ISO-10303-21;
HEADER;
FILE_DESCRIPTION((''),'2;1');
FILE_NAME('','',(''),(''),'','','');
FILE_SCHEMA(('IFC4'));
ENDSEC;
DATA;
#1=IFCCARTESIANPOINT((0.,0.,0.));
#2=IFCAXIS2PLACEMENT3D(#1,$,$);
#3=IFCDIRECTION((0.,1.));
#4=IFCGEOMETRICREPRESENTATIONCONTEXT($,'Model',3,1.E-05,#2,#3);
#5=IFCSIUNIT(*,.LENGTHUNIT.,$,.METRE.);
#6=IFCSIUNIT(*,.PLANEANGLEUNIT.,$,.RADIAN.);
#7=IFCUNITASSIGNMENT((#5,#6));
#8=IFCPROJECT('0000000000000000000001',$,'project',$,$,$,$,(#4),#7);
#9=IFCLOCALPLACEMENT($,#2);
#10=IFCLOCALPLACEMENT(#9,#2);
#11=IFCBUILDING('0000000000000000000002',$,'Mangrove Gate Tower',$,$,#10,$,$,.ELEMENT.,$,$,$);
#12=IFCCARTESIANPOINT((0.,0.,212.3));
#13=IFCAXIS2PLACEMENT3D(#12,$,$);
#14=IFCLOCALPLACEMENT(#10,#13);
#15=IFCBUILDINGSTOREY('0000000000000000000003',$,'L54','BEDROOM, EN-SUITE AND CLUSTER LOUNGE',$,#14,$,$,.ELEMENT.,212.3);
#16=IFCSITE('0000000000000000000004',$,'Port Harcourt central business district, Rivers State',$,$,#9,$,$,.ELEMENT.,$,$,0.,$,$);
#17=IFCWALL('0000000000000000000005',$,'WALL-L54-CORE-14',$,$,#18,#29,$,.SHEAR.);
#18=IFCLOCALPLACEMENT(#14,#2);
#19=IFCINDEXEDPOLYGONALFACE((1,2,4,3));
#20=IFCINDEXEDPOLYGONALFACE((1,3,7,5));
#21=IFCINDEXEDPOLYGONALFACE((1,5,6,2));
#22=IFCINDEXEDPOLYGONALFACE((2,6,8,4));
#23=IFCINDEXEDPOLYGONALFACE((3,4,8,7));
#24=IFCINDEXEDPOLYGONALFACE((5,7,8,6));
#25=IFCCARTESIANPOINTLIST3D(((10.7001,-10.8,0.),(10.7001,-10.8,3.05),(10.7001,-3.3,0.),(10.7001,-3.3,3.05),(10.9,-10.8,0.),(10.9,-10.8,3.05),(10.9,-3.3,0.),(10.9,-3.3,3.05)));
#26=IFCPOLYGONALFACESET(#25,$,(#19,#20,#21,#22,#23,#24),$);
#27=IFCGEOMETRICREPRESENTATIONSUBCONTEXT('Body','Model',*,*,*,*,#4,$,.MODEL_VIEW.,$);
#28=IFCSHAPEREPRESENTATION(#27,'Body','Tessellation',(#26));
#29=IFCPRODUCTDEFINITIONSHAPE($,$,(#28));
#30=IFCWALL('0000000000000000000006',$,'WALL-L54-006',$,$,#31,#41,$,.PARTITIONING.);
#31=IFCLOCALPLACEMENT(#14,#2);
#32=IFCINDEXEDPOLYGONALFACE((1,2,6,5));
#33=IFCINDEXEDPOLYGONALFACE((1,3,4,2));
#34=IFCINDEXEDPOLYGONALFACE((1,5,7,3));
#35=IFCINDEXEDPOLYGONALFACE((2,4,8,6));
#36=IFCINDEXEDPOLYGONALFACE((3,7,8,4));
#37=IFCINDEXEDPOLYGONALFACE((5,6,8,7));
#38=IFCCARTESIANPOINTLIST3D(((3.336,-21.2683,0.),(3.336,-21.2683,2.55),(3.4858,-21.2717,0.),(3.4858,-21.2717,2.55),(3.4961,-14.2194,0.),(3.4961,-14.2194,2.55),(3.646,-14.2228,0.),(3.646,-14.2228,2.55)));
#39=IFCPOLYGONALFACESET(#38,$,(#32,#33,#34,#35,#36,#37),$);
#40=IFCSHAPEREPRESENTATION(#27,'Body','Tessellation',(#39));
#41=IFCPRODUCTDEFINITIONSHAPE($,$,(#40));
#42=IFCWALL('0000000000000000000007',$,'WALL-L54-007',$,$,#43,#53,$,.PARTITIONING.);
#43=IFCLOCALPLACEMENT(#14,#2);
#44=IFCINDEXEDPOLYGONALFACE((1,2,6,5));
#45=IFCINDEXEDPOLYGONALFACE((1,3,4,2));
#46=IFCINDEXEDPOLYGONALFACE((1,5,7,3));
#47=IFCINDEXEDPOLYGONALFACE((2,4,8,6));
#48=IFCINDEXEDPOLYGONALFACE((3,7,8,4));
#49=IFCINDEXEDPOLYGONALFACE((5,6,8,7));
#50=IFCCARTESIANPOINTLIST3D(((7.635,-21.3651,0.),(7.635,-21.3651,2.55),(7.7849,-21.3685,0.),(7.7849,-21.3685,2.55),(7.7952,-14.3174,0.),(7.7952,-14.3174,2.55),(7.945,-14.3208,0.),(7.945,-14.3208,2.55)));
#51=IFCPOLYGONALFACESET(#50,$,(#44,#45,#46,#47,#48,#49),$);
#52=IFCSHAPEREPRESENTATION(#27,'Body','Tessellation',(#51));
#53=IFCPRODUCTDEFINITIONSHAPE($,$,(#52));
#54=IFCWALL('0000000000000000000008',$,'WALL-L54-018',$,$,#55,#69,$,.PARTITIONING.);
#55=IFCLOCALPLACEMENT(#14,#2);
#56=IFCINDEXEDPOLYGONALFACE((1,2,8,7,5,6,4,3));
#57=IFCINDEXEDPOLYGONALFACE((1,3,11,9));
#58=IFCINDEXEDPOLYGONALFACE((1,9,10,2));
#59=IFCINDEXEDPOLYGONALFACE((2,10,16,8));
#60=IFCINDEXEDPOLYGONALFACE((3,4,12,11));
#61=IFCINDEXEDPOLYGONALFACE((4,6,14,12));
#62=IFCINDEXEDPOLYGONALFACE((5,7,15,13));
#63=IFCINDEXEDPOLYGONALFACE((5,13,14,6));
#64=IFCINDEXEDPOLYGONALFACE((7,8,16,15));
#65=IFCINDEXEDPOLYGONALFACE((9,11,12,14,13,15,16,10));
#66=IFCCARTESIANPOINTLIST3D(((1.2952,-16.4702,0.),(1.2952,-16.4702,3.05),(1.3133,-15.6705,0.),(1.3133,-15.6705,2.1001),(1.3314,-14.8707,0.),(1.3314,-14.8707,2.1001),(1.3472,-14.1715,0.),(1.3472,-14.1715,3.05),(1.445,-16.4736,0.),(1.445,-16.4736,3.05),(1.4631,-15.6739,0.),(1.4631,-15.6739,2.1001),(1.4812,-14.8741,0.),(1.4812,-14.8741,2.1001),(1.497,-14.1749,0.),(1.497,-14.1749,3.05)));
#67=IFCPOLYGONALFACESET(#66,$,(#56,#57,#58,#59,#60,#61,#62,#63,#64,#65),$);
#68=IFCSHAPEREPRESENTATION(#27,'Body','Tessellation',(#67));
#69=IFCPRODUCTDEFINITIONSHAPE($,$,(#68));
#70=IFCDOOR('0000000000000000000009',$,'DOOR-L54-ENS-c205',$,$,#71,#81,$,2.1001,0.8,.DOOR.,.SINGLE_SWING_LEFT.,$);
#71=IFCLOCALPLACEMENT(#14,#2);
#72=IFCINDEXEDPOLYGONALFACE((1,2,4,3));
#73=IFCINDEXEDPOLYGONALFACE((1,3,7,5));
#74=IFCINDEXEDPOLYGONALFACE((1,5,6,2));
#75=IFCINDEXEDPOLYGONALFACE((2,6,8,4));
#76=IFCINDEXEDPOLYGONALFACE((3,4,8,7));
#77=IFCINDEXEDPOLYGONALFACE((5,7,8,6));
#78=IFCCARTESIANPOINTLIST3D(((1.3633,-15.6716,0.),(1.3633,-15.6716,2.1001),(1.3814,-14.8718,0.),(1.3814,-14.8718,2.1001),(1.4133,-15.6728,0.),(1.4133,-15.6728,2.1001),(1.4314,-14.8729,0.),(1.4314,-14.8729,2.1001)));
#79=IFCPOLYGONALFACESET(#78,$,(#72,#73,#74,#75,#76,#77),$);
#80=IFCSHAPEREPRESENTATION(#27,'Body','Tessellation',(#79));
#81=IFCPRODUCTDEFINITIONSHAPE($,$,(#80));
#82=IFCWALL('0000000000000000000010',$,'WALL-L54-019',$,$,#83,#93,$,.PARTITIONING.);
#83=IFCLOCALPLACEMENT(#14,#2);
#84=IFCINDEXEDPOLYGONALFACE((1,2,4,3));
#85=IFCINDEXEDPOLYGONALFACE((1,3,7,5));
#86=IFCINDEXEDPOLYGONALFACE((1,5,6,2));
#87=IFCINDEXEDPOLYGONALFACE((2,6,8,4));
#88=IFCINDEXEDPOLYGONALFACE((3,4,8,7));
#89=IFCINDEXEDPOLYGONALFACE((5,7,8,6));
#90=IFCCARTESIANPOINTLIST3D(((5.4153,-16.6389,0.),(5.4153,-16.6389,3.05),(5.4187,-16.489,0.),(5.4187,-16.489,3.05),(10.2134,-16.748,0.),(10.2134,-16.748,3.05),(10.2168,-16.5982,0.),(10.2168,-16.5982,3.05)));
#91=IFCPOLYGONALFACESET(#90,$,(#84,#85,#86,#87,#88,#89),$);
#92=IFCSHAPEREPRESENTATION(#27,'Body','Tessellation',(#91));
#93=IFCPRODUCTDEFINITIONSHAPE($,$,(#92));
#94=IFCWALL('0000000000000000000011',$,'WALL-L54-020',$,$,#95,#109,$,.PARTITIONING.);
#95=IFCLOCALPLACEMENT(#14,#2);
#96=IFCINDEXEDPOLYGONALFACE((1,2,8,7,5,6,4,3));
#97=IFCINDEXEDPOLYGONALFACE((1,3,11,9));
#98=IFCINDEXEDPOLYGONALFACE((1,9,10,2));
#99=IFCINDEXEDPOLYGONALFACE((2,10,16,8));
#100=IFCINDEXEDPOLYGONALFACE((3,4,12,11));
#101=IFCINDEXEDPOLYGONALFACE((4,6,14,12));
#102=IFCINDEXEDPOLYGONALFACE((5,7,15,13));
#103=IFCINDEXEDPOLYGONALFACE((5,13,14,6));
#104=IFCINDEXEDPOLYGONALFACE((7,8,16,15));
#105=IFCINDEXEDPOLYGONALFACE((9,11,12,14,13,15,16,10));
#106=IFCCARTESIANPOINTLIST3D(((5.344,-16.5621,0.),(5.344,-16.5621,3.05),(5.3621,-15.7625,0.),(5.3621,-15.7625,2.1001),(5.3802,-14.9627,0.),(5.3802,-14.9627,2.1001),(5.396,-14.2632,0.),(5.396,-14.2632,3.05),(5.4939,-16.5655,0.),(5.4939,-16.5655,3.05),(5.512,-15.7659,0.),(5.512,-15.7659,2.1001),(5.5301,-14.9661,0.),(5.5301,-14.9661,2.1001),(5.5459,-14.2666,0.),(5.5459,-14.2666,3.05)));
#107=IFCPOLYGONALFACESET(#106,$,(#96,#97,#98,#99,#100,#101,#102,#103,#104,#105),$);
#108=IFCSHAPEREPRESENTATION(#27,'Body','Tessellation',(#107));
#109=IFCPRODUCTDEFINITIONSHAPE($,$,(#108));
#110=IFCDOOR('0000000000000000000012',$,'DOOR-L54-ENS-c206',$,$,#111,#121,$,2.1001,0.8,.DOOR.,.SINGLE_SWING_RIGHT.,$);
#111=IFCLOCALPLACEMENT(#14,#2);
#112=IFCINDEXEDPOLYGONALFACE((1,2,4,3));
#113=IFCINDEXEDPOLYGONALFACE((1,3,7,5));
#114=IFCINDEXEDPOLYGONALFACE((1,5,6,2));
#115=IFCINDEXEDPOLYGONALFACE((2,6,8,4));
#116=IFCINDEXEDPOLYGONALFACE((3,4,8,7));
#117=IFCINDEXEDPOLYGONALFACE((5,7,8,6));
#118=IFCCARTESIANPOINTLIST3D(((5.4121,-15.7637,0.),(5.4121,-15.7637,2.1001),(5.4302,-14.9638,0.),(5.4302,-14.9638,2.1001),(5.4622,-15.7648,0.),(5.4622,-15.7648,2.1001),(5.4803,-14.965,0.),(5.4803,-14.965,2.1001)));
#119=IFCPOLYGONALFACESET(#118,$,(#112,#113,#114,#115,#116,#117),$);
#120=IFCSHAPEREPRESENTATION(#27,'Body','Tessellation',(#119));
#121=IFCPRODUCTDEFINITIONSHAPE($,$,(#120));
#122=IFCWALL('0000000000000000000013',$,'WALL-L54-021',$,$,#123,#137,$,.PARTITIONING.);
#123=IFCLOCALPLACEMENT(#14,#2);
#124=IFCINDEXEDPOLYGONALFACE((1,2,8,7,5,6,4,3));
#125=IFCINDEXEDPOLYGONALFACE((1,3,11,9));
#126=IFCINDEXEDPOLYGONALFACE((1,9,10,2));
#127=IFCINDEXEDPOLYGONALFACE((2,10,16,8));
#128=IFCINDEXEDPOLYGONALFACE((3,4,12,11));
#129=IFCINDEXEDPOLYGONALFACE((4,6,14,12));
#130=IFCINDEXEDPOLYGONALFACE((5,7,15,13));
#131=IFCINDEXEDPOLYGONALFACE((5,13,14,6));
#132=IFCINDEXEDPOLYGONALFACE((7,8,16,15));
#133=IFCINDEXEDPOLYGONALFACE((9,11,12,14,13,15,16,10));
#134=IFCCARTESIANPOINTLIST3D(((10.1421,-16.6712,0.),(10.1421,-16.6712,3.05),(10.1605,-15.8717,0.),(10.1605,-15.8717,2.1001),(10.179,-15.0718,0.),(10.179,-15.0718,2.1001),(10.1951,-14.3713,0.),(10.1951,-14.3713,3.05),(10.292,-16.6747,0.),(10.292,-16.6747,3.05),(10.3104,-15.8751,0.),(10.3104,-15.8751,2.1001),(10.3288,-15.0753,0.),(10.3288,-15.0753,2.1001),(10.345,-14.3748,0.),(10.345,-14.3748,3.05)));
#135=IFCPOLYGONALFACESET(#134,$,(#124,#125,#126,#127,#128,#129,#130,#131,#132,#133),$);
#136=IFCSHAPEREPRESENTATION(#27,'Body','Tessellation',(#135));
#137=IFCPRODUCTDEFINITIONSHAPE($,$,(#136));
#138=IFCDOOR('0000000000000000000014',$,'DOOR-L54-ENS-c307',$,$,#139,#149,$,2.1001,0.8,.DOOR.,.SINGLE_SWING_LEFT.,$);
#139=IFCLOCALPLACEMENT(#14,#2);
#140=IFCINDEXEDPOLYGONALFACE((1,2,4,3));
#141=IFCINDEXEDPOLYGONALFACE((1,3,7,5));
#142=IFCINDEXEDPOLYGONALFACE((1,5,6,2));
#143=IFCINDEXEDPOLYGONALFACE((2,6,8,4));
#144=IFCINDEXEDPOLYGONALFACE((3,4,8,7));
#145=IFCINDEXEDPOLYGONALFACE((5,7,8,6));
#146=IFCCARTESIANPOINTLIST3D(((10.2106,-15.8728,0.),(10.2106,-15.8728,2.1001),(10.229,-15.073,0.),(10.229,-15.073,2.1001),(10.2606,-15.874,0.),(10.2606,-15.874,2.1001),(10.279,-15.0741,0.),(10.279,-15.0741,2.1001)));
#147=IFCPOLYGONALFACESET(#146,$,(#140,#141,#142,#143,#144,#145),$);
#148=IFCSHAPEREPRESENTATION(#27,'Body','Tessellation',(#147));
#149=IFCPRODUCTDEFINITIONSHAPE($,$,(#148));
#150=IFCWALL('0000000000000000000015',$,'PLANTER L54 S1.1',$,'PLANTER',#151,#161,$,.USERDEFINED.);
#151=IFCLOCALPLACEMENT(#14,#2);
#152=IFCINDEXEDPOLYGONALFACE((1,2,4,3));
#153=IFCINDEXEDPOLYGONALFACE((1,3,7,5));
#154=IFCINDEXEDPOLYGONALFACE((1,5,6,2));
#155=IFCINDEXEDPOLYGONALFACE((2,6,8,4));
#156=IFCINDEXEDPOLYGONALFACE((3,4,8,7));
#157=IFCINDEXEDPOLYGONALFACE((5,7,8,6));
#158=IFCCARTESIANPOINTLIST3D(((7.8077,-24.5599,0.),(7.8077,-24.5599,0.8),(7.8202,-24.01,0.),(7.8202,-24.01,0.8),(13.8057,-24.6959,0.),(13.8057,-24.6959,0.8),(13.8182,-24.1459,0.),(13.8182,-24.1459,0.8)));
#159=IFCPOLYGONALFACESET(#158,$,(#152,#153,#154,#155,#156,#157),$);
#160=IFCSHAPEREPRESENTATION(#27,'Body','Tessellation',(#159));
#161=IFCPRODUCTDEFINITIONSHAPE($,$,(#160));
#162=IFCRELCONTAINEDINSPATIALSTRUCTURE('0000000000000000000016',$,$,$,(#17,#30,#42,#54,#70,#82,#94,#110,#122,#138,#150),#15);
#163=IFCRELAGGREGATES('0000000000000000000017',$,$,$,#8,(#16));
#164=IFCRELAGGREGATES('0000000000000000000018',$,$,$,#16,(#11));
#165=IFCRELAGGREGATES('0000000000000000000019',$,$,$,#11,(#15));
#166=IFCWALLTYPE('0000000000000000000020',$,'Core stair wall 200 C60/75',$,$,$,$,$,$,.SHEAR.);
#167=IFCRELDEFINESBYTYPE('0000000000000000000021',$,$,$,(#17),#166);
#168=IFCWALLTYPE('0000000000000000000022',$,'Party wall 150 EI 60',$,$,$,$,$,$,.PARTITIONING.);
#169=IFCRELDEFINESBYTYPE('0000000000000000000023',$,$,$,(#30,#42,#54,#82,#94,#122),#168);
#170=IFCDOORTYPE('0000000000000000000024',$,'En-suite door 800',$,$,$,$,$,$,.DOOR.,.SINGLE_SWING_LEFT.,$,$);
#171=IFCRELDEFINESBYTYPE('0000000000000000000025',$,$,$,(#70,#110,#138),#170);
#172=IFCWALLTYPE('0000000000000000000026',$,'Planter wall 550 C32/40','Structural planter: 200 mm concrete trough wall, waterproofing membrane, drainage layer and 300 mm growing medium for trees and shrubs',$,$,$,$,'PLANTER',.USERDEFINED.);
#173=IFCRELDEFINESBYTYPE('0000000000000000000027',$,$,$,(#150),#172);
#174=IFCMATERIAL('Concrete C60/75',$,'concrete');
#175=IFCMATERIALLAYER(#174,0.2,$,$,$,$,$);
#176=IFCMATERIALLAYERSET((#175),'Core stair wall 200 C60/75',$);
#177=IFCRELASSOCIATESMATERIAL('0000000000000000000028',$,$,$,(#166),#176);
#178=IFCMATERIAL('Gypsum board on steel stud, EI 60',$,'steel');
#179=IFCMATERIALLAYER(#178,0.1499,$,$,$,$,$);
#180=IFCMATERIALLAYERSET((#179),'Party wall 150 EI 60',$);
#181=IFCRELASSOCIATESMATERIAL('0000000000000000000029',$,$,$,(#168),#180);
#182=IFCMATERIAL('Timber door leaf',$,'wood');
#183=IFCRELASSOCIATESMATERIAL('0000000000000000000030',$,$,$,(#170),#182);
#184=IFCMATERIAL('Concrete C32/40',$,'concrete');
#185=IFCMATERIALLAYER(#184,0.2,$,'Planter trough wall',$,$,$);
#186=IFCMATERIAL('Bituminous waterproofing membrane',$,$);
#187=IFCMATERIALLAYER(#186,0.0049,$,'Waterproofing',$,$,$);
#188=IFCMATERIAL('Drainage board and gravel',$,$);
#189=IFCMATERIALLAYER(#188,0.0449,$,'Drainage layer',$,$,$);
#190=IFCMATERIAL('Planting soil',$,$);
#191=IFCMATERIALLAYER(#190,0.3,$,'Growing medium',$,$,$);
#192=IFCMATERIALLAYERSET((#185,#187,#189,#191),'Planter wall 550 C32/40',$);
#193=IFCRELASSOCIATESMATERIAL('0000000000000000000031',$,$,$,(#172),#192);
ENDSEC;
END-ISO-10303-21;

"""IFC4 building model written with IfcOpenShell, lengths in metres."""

from ifc_helpers import new_model, si_unit, direction, frame, frame_2d, origin, place, context, subcontext, project, spatial, rectangle, extrude, material, layer, layer_set, type_object, element, fill, save


model = new_model("IFC4")

# Units and contexts
model_context = context("Model", 3, precision=1e-05, world=origin(), true_north=direction((0.0, 1.0)))
body_context = subcontext(model_context, "Body", "Model", "MODEL_VIEW")
ifc_project = project(units=[si_unit("LENGTHUNIT", "METRE"), si_unit("PLANEANGLEUNIT", "RADIAN")], contexts=[model_context])

# Site, building, storey
site_placement = place(None, origin())
site = spatial("IfcSite", under=ifc_project, at=site_placement, Name="Port Harcourt central business district, Rivers State", CompositionType="ELEMENT", RefElevation=0.0)
building_placement = place(site_placement, origin())
building = spatial("IfcBuilding", under=site, at=building_placement, Name="Mangrove Gate Tower", CompositionType="ELEMENT")
storey_placement = place(building_placement, frame((0.0, 0.0, 212.3)))
storey = spatial("IfcBuildingStorey", under=building, at=storey_placement, Name="L54", Description="BEDROOM, EN-SUITE AND CLUSTER LOUNGE", CompositionType="ELEMENT", Elevation=212.3)

# Shared definitions
ifc_material_1 = material(Name="Concrete C60/75", Category="concrete")
ifc_layer_1 = layer(ifc_material_1, 0.2)
ifc_layer_set_1 = layer_set([ifc_layer_1], Name="Core stair wall 200 C60/75")
wall_type_1 = type_object("IfcWallType", Name="Core stair wall 200 C60/75", PredefinedType="SHEAR", material=ifc_layer_set_1)

# Walls
wall_1_placement = place(storey_placement, frame((10.8, -10.8, 0.0), z_axis=(0.0, 0.0, 1.0), x_axis=(0.0, 1.0, 0.0)))
element("IfcWall", 1, at=wall_1_placement, inside=storey, type_object=wall_type_1, Name="WALL-L54-CORE-14", PredefinedType="SHEAR", context=body_context, shape_type="SweptSolid", body=[
    extrude(rectangle(XDim=7.5, YDim=0.2, at=frame_2d((3.75, 0.0))), origin(), (0.0, 0.0, 1.0), 3.05),
])
ifc_material_2 = material(Name="Gypsum board on steel stud, EI 60", Category="steel")
ifc_layer_2 = layer(ifc_material_2, 0.1499)
ifc_layer_set_2 = layer_set([ifc_layer_2], Name="Party wall 150 EI 60")
wall_type_2 = type_object("IfcWallType", Name="Party wall 150 EI 60", PredefinedType="PARTITIONING", material=ifc_layer_set_2)
wall_2_placement = place(storey_placement, frame((3.4109, -21.27, 0.0), z_axis=(0.0, 0.0, 1.0), x_axis=(0.022714, 0.999742, 0.0)))
element("IfcWall", 2, at=wall_2_placement, inside=storey, type_object=wall_type_2, Name="WALL-L54-006", PredefinedType="PARTITIONING", context=body_context, shape_type="SweptSolid", body=[
    extrude(rectangle(XDim=7.0508, YDim=0.1499, at=frame_2d((3.5254, 0.0))), origin(), (0.0, 0.0, 1.0), 2.55),
])
wall_3_placement = place(storey_placement, frame((7.71, -21.3669, 0.0), z_axis=(0.0, 0.0, 1.0), x_axis=(0.022718, 0.999742, 0.0)))
element("IfcWall", 3, at=wall_3_placement, inside=storey, type_object=wall_type_2, Name="WALL-L54-007", PredefinedType="PARTITIONING", context=body_context, shape_type="SweptSolid", body=[
    extrude(rectangle(XDim=7.0496, YDim=0.1499, at=frame_2d((3.5249, 0.0))), origin(), (0.0, 0.0, 1.0), 2.55),
])

# Wall, opening, door
wall_4_placement = place(storey_placement, frame((1.3701, -16.4719, 0.0), z_axis=(0.0, 0.0, 1.0), x_axis=(0.022615, 0.999744, 0.0)))
wall_4 = element("IfcWall", 4, at=wall_4_placement, inside=storey, type_object=wall_type_2, Name="WALL-L54-018", PredefinedType="PARTITIONING", context=body_context, shape_type="SweptSolid", body=[
    extrude(rectangle(XDim=2.2993, YDim=0.1499, at=frame_2d((1.1497, 0.0))), origin(), (0.0, 0.0, 1.0), 3.05),
])
opening_1_placement = place(wall_4_placement, frame((0.8, 0.0, 0.0)))
opening_1 = element("IfcOpeningElement", 5, at=opening_1_placement, cuts=wall_4, PredefinedType="OPENING", context=body_context, shape_type="SweptSolid", body=[
    extrude(rectangle(XDim=0.8, YDim=2.1001, at=frame_2d((0.3999, 1.05))), frame((0.0, 0.085, 0.0), z_axis=(0.0, -1.0, 0.0), x_axis=(1.0, 0.0, 0.0)), (0.0, 0.0, 1.0), 0.1699),
])
ifc_material_3 = material(Name="Timber door leaf", Category="wood")
door_type_1 = type_object("IfcDoorType", Name="En-suite door 800", OperationType="SINGLE_SWING_LEFT", PredefinedType="DOOR", material=ifc_material_3)
door_1_placement = place(opening_1_placement, origin())
door_1 = element("IfcDoor", 6, at=door_1_placement, inside=storey, type_object=door_type_1, Name="DOOR-L54-ENS-c205", OperationType="SINGLE_SWING_LEFT", OverallHeight=2.1001, OverallWidth=0.8, PredefinedType="DOOR", context=body_context, shape_type="SweptSolid", body=[
    extrude(rectangle(XDim=0.8, YDim=2.1001, at=frame_2d((0.3999, 1.05))), frame((0.0, 0.0249, 0.0), z_axis=(0.0, -1.0, 0.0), x_axis=(1.0, 0.0, 0.0)), (0.0, 0.0, 1.0), 0.05),
])
fill(opening_1, door_1)

# Wall
wall_5_placement = place(storey_placement, frame((5.417, -16.564, 0.0), z_axis=(0.0, 0.0, 1.0), x_axis=(0.999741, -0.022739, 0.0)))
element("IfcWall", 7, at=wall_5_placement, inside=storey, type_object=wall_type_2, Name="WALL-L54-019", PredefinedType="PARTITIONING", context=body_context, shape_type="SweptSolid", body=[
    extrude(rectangle(XDim=4.7993, YDim=0.1499, at=frame_2d((2.3997, 0.0))), origin(), (0.0, 0.0, 1.0), 3.05),
])

# Walls, openings, doors
wall_6_placement = place(storey_placement, frame((5.4189, -16.564, 0.0), z_axis=(0.0, 0.0, 1.0), x_axis=(0.022613, 0.999744, 0.0)))
wall_6 = element("IfcWall", 8, at=wall_6_placement, inside=storey, type_object=wall_type_2, Name="WALL-L54-020", PredefinedType="PARTITIONING", context=body_context, shape_type="SweptSolid", body=[
    extrude(rectangle(XDim=2.2996, YDim=0.1499, at=frame_2d((1.1499, 0.0))), origin(), (0.0, 0.0, 1.0), 3.05),
])
opening_2_placement = place(wall_6_placement, frame((0.8, 0.0, 0.0)))
opening_2 = element("IfcOpeningElement", 9, at=opening_2_placement, cuts=wall_6, PredefinedType="OPENING", context=body_context, shape_type="SweptSolid", body=[
    extrude(rectangle(XDim=0.8, YDim=2.1001, at=frame_2d((0.3999, 1.05))), frame((0.0, 0.085, 0.0), z_axis=(0.0, -1.0, 0.0), x_axis=(1.0, 0.0, 0.0)), (0.0, 0.0, 1.0), 0.1699),
])
door_2_placement = place(opening_2_placement, origin())
door_2 = element("IfcDoor", 10, at=door_2_placement, inside=storey, type_object=door_type_1, Name="DOOR-L54-ENS-c206", OperationType="SINGLE_SWING_RIGHT", OverallHeight=2.1001, OverallWidth=0.8, PredefinedType="DOOR", context=body_context, shape_type="SweptSolid", body=[
    extrude(rectangle(XDim=0.8, YDim=2.1001, at=frame_2d((0.3999, 1.05))), frame((0.0, 0.0249, 0.0), z_axis=(0.0, -1.0, 0.0), x_axis=(1.0, 0.0, 0.0)), (0.0, 0.0, 1.0), 0.05),
])
fill(opening_2, door_2)
wall_7_placement = place(storey_placement, frame((10.217, -16.6731, 0.0), z_axis=(0.0, 0.0, 1.0), x_axis=(0.023028, 0.999735, 0.0)))
wall_7 = element("IfcWall", 11, at=wall_7_placement, inside=storey, type_object=wall_type_2, Name="WALL-L54-021", PredefinedType="PARTITIONING", context=body_context, shape_type="SweptSolid", body=[
    extrude(rectangle(XDim=2.3005, YDim=0.1499, at=frame_2d((1.1504, 0.0))), origin(), (0.0, 0.0, 1.0), 3.05),
])
opening_3_placement = place(wall_7_placement, frame((0.8, 0.0, 0.0)))
opening_3 = element("IfcOpeningElement", 12, at=opening_3_placement, cuts=wall_7, PredefinedType="OPENING", context=body_context, shape_type="SweptSolid", body=[
    extrude(rectangle(XDim=0.8, YDim=2.1001, at=frame_2d((0.3999, 1.05))), frame((0.0, 0.085, 0.0), z_axis=(0.0, -1.0, 0.0), x_axis=(1.0, 0.0, 0.0)), (0.0, 0.0, 1.0), 0.1699),
])
door_3_placement = place(opening_3_placement, origin())
door_3 = element("IfcDoor", 13, at=door_3_placement, inside=storey, type_object=door_type_1, Name="DOOR-L54-ENS-c307", OperationType="SINGLE_SWING_LEFT", OverallHeight=2.1001, OverallWidth=0.8, PredefinedType="DOOR", context=body_context, shape_type="SweptSolid", body=[
    extrude(rectangle(XDim=0.8, YDim=2.1001, at=frame_2d((0.3999, 1.05))), frame((0.0, 0.0249, 0.0), z_axis=(0.0, -1.0, 0.0), x_axis=(1.0, 0.0, 0.0)), (0.0, 0.0, 1.0), 0.05),
])
fill(opening_3, door_3)

# Wall
ifc_material_4 = material(Name="Concrete C32/40", Category="concrete")
ifc_layer_3 = layer(ifc_material_4, 0.2, Name="Planter trough wall")
ifc_material_5 = material(Name="Bituminous waterproofing membrane")
ifc_layer_4 = layer(ifc_material_5, 0.0049, Name="Waterproofing")
ifc_material_6 = material(Name="Drainage board and gravel")
ifc_layer_5 = layer(ifc_material_6, 0.0449, Name="Drainage layer")
ifc_material_7 = material(Name="Planting soil")
ifc_layer_6 = layer(ifc_material_7, 0.3, Name="Growing medium")
ifc_layer_set_3 = layer_set([ifc_layer_3, ifc_layer_4, ifc_layer_5, ifc_layer_6], Name="Planter wall 550 C32/40")
wall_type_3 = type_object("IfcWallType", Name="Planter wall 550 C32/40", Description="Structural planter: 200 mm concrete trough wall, waterproofing membrane, drainage layer and 300 mm growing medium for trees and shrubs", ElementType="PLANTER", PredefinedType="USERDEFINED", material=ifc_layer_set_3)
wall_8_placement = place(storey_placement, frame((7.814, -24.2849, 0.0), z_axis=(0.0, 0.0, 1.0), x_axis=(0.999743, -0.022666, 0.0)))
element("IfcWall", 14, at=wall_8_placement, inside=storey, type_object=wall_type_3, Name="PLANTER L54 S1.1", ObjectType="PLANTER", PredefinedType="USERDEFINED", context=body_context, shape_type="SweptSolid", body=[
    extrude(rectangle(XDim=5.9995, YDim=0.55, at=frame_2d((2.9998, 0.0))), origin(), (0.0, 0.0, 1.0), 0.8),
])

save(model, "model.ifc")
